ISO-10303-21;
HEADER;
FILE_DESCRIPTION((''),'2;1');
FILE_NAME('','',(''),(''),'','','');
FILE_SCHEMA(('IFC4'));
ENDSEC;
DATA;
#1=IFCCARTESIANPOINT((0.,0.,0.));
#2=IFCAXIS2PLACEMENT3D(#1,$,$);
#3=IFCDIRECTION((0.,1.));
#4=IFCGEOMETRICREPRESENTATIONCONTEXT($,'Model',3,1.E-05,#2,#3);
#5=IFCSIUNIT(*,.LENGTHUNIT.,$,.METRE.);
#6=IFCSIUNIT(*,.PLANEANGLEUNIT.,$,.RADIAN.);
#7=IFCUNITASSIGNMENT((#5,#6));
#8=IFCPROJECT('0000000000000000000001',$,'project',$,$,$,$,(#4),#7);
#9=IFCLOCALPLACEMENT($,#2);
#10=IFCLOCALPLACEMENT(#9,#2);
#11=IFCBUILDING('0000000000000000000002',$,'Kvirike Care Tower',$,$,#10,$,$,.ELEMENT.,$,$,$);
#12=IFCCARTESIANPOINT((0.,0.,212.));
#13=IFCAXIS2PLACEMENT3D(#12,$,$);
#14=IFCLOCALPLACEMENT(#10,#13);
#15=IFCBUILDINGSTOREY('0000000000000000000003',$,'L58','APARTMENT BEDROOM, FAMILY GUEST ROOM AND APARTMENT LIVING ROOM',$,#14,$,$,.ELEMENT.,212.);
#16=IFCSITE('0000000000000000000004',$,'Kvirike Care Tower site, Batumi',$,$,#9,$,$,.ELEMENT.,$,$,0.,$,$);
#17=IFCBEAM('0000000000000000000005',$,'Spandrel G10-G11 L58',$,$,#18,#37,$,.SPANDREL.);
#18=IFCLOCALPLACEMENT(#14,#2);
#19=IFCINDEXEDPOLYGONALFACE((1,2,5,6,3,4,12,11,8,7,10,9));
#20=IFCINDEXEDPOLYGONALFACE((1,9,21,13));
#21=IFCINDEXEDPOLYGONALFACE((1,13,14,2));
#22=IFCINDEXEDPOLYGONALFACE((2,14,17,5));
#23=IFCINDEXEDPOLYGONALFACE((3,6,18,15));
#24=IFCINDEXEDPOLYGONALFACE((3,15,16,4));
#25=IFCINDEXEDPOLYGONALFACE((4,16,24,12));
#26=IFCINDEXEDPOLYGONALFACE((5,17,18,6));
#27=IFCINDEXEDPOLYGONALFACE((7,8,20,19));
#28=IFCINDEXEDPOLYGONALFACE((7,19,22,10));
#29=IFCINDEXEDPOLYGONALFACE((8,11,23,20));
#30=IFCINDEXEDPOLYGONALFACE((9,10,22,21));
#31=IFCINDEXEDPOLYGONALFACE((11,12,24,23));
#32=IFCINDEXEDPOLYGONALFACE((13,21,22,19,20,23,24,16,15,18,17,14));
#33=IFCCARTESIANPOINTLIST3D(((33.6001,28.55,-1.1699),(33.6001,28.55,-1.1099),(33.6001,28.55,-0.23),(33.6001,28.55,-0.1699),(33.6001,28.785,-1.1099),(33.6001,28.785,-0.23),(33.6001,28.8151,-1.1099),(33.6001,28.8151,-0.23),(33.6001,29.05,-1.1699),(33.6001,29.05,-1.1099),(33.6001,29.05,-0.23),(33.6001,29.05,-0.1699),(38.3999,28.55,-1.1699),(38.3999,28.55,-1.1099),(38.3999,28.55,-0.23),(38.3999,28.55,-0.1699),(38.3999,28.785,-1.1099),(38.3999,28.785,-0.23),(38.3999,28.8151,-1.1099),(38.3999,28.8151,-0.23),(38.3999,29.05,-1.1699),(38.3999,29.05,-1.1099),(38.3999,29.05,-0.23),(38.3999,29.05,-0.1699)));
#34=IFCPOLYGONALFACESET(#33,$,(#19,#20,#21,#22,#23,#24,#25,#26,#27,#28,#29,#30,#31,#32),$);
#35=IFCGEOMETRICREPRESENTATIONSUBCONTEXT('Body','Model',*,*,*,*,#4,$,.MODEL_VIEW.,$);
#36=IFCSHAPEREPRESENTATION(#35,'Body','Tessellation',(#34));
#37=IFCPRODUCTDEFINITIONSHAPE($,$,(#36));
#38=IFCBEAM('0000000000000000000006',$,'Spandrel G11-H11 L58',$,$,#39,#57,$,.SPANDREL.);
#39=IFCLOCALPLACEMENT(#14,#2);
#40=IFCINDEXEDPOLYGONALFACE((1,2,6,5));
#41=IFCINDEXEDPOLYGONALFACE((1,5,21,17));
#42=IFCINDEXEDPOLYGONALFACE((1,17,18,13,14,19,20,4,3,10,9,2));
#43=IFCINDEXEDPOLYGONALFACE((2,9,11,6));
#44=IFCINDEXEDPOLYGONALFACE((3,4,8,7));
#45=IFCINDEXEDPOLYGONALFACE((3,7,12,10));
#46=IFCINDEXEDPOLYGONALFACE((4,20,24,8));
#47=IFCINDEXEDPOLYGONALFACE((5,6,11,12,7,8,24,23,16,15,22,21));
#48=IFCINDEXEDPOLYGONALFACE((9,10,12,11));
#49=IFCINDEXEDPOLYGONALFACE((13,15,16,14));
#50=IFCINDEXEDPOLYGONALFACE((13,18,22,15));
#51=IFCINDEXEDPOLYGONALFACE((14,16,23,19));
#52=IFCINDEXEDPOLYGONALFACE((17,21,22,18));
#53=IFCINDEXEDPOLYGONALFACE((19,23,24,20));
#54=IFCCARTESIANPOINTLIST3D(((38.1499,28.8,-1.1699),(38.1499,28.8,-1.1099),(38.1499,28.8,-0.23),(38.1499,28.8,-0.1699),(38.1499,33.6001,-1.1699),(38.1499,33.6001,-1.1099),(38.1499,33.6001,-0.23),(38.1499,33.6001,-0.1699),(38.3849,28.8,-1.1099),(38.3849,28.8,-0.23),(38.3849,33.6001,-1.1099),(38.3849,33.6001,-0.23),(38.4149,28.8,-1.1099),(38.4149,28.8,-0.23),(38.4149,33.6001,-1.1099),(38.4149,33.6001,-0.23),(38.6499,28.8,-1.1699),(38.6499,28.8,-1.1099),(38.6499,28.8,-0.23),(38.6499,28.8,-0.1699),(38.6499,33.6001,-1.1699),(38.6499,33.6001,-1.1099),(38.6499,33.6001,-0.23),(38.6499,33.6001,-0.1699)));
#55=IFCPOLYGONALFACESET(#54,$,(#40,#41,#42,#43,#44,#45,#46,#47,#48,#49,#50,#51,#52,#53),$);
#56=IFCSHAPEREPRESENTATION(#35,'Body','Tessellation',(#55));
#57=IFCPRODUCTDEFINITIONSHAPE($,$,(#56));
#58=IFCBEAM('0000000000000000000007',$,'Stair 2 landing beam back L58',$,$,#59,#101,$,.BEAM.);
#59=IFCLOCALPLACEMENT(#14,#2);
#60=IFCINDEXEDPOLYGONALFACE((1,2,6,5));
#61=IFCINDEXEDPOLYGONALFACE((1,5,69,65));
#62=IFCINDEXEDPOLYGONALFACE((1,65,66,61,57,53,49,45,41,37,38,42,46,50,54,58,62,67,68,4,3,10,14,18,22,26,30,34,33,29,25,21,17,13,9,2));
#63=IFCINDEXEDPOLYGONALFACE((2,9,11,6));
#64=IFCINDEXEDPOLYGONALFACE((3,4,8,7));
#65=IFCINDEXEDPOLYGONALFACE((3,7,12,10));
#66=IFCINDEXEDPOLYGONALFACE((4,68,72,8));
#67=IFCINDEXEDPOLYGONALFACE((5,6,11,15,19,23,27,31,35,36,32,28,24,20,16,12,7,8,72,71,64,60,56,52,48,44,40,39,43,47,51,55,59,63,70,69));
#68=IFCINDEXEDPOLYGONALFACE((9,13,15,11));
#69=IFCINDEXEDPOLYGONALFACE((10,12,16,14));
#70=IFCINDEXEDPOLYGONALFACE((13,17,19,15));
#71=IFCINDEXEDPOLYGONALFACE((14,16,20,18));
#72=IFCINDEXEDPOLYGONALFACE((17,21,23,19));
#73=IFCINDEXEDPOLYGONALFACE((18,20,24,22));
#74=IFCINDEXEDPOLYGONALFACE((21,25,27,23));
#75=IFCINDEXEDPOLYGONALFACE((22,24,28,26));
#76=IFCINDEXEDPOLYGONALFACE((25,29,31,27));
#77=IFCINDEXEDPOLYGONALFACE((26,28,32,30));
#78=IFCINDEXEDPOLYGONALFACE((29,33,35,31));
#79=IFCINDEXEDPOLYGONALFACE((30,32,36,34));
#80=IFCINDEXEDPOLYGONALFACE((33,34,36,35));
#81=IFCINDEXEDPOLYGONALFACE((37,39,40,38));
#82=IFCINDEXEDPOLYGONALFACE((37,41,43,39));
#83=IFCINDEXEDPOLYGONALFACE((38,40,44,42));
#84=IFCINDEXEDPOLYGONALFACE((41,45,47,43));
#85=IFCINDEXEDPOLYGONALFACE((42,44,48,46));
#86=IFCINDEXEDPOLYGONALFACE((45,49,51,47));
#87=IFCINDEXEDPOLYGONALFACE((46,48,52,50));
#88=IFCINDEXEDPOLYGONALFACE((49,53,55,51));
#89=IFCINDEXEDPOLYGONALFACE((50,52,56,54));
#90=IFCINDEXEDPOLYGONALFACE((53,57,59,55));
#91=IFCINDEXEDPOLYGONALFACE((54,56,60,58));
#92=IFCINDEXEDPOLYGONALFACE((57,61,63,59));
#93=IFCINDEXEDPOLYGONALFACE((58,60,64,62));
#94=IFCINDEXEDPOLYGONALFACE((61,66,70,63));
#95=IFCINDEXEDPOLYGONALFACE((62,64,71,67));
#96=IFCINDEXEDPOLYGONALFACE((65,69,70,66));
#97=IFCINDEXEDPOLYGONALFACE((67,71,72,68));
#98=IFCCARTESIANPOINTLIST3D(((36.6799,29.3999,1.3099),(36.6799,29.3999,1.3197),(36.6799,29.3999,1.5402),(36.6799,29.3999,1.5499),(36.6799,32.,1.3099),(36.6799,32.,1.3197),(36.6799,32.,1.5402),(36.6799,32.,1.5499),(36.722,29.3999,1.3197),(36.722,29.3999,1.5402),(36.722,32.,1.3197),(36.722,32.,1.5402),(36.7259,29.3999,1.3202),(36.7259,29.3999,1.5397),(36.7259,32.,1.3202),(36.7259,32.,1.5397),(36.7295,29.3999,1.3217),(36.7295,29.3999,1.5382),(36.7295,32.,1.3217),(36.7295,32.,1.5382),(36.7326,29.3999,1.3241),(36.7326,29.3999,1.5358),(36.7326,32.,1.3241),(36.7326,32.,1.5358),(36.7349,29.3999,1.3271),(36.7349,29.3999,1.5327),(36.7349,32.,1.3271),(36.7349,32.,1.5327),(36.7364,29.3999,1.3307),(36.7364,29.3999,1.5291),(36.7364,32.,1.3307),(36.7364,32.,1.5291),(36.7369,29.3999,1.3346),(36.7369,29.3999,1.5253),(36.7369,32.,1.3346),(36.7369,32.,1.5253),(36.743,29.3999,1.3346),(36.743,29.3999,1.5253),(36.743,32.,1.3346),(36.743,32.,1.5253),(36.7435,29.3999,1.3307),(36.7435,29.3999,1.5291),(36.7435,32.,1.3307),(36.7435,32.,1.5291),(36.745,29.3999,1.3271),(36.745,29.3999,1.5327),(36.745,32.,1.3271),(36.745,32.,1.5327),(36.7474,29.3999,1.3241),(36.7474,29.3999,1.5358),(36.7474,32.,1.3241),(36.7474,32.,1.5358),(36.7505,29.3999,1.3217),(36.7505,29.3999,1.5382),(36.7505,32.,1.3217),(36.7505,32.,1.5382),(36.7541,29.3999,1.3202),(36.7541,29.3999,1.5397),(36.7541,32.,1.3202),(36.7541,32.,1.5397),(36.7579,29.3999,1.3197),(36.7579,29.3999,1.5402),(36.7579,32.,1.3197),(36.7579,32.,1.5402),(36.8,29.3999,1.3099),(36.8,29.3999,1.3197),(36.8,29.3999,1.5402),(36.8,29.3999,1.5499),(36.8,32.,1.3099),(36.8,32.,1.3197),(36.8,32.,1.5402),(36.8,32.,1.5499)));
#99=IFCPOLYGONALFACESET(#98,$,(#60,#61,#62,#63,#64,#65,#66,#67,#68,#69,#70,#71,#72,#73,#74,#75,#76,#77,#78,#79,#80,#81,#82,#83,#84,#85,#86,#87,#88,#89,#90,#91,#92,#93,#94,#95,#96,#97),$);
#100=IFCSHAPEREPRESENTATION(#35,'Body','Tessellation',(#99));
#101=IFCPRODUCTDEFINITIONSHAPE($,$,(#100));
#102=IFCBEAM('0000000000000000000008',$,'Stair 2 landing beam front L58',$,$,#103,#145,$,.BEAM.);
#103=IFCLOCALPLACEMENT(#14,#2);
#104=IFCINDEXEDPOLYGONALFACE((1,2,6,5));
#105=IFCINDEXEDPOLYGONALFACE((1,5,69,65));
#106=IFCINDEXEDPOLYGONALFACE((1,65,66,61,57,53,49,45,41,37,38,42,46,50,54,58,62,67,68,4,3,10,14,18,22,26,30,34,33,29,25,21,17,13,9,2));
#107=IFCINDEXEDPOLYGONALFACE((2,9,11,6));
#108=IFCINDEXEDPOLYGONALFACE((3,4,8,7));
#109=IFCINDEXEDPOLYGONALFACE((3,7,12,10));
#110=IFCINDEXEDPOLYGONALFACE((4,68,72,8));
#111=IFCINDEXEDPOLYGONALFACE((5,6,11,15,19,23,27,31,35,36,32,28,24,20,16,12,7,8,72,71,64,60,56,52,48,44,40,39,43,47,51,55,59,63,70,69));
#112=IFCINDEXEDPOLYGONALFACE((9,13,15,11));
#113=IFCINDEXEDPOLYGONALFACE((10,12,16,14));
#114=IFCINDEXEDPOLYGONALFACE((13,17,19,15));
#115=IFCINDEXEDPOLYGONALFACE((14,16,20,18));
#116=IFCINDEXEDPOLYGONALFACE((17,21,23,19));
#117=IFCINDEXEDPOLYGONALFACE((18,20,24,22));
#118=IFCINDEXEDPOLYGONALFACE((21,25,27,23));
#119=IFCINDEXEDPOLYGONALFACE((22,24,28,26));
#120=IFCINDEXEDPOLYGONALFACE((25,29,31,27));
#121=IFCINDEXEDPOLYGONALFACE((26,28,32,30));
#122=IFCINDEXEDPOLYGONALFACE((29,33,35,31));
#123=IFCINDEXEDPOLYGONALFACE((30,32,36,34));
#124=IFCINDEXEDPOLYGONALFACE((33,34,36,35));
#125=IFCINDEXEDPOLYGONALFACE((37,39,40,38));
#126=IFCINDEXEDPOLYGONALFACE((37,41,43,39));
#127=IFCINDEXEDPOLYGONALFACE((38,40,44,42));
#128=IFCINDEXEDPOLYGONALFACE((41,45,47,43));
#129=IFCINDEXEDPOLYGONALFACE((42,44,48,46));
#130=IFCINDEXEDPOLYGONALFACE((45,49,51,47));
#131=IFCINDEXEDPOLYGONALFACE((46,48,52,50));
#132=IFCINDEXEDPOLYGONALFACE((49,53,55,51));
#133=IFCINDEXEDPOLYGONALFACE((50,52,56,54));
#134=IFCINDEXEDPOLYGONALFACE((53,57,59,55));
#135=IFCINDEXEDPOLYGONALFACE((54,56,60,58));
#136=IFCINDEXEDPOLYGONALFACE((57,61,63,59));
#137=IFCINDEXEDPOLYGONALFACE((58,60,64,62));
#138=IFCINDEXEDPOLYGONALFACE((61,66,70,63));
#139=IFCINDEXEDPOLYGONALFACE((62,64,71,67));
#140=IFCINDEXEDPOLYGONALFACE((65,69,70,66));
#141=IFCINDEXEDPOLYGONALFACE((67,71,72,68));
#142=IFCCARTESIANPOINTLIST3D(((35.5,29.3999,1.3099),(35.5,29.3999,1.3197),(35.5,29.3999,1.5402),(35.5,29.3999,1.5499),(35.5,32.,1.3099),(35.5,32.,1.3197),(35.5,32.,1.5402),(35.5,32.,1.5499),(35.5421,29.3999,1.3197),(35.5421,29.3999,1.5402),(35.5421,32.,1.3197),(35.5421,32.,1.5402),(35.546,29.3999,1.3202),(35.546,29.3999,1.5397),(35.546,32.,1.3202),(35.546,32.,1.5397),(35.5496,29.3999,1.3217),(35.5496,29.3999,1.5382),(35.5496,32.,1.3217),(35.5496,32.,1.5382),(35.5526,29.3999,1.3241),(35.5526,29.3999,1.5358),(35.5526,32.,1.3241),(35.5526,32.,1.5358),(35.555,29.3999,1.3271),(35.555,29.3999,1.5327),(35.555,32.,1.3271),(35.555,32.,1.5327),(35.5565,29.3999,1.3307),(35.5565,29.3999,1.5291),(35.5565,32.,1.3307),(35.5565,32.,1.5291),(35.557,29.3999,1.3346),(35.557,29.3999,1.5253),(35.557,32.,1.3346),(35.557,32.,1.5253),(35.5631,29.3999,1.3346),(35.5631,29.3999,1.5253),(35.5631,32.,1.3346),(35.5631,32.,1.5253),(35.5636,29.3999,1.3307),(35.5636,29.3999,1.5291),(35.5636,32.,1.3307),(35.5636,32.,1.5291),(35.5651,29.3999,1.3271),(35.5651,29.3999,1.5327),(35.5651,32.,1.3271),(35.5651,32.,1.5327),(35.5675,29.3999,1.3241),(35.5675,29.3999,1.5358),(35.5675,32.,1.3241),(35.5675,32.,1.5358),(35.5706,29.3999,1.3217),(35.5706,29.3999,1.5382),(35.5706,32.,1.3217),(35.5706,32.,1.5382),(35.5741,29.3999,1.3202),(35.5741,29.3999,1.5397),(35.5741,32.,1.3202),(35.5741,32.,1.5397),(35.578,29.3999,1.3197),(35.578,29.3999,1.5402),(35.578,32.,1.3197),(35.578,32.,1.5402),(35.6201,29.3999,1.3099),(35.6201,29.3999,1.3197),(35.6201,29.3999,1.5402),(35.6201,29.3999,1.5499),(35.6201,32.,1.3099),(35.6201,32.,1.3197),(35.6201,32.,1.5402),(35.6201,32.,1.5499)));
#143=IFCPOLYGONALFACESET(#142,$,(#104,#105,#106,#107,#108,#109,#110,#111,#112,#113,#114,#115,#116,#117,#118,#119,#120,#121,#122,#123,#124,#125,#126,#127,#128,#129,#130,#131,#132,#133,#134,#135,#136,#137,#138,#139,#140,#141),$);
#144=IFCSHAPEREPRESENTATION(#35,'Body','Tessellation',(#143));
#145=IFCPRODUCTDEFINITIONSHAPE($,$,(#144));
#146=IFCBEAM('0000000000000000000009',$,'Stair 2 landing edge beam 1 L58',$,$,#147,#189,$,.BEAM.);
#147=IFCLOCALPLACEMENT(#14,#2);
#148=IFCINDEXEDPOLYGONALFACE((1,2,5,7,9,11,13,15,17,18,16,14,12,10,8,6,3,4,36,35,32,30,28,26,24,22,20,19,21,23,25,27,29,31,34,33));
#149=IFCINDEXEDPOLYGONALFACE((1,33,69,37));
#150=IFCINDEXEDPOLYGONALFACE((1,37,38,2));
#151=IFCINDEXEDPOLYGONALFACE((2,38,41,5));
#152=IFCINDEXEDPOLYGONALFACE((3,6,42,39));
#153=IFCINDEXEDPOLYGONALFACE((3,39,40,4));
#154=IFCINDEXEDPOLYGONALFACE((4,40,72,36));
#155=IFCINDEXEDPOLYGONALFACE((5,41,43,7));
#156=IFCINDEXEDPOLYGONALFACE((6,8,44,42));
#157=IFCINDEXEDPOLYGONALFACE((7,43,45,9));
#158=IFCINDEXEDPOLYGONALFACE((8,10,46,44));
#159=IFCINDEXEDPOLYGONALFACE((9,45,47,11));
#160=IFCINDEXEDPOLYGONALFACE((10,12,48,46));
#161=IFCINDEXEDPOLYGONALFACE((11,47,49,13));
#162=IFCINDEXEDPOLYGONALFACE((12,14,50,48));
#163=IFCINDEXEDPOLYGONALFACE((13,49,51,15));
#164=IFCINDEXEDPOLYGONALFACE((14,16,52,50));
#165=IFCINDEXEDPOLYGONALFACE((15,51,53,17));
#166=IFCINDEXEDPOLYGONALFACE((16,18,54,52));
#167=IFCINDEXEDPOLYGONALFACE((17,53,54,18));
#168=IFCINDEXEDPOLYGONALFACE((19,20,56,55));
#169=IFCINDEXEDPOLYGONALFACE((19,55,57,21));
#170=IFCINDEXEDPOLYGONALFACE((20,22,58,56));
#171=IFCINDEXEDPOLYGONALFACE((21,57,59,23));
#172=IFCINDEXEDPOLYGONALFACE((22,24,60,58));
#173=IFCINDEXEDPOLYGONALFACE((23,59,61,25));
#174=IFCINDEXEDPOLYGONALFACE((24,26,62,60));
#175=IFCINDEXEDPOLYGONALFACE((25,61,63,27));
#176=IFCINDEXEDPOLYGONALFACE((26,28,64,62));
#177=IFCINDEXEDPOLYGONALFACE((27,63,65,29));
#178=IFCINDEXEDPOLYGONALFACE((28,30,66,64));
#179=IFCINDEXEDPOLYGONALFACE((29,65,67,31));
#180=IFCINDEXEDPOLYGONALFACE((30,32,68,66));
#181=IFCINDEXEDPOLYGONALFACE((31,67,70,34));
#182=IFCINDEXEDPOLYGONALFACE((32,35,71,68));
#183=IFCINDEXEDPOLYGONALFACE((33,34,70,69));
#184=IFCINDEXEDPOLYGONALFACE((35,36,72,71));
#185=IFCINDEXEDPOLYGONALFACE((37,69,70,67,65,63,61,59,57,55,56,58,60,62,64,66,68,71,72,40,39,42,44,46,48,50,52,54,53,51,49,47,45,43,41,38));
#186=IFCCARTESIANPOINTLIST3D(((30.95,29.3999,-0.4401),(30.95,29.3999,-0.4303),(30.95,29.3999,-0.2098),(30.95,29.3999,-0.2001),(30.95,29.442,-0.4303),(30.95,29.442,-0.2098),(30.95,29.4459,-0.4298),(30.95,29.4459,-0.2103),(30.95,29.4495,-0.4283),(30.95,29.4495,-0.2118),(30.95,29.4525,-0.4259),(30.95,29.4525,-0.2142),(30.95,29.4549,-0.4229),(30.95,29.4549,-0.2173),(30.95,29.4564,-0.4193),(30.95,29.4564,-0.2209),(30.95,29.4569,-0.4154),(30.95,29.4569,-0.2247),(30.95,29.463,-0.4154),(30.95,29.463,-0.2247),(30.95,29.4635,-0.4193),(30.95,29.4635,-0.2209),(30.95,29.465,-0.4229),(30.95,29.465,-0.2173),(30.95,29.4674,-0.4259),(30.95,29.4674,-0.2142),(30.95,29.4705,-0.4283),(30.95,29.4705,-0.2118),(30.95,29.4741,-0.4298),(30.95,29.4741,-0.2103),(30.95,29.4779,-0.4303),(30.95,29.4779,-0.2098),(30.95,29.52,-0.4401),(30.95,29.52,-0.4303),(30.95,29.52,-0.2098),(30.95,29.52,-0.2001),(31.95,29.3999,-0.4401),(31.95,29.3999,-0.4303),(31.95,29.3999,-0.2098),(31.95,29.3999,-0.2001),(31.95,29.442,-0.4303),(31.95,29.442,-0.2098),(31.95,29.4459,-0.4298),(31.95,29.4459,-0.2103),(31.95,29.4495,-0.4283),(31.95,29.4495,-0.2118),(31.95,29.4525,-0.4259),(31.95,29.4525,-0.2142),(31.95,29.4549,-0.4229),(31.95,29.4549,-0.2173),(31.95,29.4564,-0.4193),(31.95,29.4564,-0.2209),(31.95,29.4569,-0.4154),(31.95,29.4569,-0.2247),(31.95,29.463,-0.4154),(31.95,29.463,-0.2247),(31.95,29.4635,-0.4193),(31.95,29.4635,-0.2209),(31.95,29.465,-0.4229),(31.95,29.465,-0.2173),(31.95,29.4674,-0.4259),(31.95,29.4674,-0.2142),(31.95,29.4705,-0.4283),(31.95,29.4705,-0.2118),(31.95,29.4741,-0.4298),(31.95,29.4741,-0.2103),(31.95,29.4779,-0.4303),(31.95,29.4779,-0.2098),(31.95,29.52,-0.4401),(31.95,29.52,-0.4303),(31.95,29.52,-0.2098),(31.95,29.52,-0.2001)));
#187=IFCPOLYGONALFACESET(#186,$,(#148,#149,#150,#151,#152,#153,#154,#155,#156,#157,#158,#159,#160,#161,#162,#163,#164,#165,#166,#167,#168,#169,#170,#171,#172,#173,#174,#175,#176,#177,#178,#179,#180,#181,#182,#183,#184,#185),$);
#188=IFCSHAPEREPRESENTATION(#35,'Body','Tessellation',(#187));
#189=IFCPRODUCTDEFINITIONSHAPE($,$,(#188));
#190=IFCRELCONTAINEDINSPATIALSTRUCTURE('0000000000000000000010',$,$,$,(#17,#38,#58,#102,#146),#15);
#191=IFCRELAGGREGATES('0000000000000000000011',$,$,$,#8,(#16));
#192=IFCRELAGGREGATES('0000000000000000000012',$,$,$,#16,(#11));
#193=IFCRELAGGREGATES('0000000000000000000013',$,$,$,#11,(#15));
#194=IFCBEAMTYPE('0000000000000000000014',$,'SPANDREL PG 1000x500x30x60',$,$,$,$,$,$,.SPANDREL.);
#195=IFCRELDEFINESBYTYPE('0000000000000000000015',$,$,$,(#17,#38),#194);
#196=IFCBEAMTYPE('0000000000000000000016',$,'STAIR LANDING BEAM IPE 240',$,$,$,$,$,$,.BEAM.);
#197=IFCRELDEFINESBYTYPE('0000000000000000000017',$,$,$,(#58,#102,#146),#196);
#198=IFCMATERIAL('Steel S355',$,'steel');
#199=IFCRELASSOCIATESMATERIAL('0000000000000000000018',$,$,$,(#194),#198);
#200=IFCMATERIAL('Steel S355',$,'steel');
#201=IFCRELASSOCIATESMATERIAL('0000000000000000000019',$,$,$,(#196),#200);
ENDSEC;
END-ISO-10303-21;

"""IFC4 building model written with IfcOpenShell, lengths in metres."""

from ifc_helpers import new_model, si_unit, direction, frame, origin, origin_2d, place, context, subcontext, project, spatial, i_section, extrude, material, material_profile, profile_set, type_object, element, save


model = new_model("IFC4")

# Units and contexts
model_context = context("Model", 3, precision=1e-05, world=origin(), true_north=direction((0.0, 1.0)))
body_context = subcontext(model_context, "Body", "Model", "MODEL_VIEW")
ifc_project = project(units=[si_unit("LENGTHUNIT", "METRE"), si_unit("PLANEANGLEUNIT", "RADIAN")], contexts=[model_context])

# Site, building, storey
site_placement = place(None, origin())
site = spatial("IfcSite", under=ifc_project, at=site_placement, Name="Kvirike Care Tower site, Batumi", CompositionType="ELEMENT", RefElevation=0.0)
building_placement = place(site_placement, origin())
building = spatial("IfcBuilding", under=site, at=building_placement, Name="Kvirike Care Tower", CompositionType="ELEMENT")
storey_placement = place(building_placement, frame((0.0, 0.0, 212.0)))
storey = spatial("IfcBuildingStorey", under=building, at=storey_placement, Name="L58", Description="APARTMENT BEDROOM, FAMILY GUEST ROOM AND APARTMENT LIVING ROOM", CompositionType="ELEMENT", Elevation=212.0)

# Beams
ifc_material_1 = material(Name="Steel S355", Category="steel")
ifc_material_profile_1 = material_profile(ifc_material_1, i_section(OverallWidth=0.5, OverallDepth=1.0, WebThickness=0.03, FlangeThickness=0.0601, at=origin_2d()), Name="PG 1000x500x30x60")
ifc_profile_set_1 = profile_set([ifc_material_profile_1], Name="Steel S355")
beam_type_1 = type_object("IfcBeamType", Name="SPANDREL PG 1000x500x30x60", PredefinedType="SPANDREL", material=ifc_profile_set_1)
beam_1_placement = place(storey_placement, frame((33.6001, 28.8, -0.6699), z_axis=(1.0, 0.0, 0.0), x_axis=(0.0, 1.0, 0.0)))
element("IfcBeam", 1, at=beam_1_placement, inside=storey, type_object=beam_type_1, Name="Spandrel G10-G11 L58", PredefinedType="SPANDREL", context=body_context, shape_type="SweptSolid", body=[
    extrude(i_section(OverallWidth=0.5, OverallDepth=1.0, WebThickness=0.03, FlangeThickness=0.0601, at=origin_2d()), origin(), (0.0, 0.0, 1.0), 4.7998),
])
beam_2_placement = place(storey_placement, frame((38.3999, 28.8, -0.6699), z_axis=(0.0, 1.0, 0.0), x_axis=(-1.0, 0.0, 0.0)))
element("IfcBeam", 2, at=beam_2_placement, inside=storey, type_object=beam_type_1, Name="Spandrel G11-H11 L58", PredefinedType="SPANDREL", context=body_context, shape_type="SweptSolid", body=[
    extrude(i_section(OverallWidth=0.5, OverallDepth=1.0, WebThickness=0.03, FlangeThickness=0.0601, at=origin_2d()), origin(), (0.0, 0.0, 1.0), 4.8),
])
ifc_material_2 = material(Name="Steel S355", Category="steel")
ifc_material_profile_2 = material_profile(ifc_material_2, i_section(OverallWidth=0.1201, OverallDepth=0.24, WebThickness=0.0061, FlangeThickness=0.0098, FilletRadius=0.0149, at=origin_2d()), Name="IPE 240")
ifc_profile_set_2 = profile_set([ifc_material_profile_2], Name="Steel S355")
beam_type_2 = type_object("IfcBeamType", Name="STAIR LANDING BEAM IPE 240", PredefinedType="BEAM", material=ifc_profile_set_2)
for number, where, z_axis, x_axis, name in (
    (3, (36.74, 29.3999, 1.4299), (0.0, 1.0, 0.0), (-1.0, 0.0, 0.0), "Stair 2 landing beam back L58"),
    (4, (35.5601, 29.3999, 1.4299), (0.0, 1.0, 0.0), (-1.0, 0.0, 0.0), "Stair 2 landing beam front L58"),
):
    element("IfcBeam", number, at=place(storey_placement, frame(where, z_axis=z_axis, x_axis=x_axis)), inside=storey, type_object=beam_type_2, Name=name, PredefinedType="BEAM", context=body_context, shape_type="SweptSolid", body=[
        extrude(i_section(OverallWidth=0.1201, OverallDepth=0.24, WebThickness=0.0061, FlangeThickness=0.0098, FilletRadius=0.0149, at=origin_2d()), origin(), (0.0, 0.0, 1.0), 2.6001),
    ])
beam_3_placement = place(storey_placement, frame((31.95, 29.46, -0.3201), z_axis=(-1.0, 0.0, 0.0), x_axis=(0.0, -1.0, 0.0)))
element("IfcBeam", 5, at=beam_3_placement, inside=storey, type_object=beam_type_2, Name="Stair 2 landing edge beam 1 L58", PredefinedType="BEAM", context=body_context, shape_type="SweptSolid", body=[
    extrude(i_section(OverallWidth=0.1201, OverallDepth=0.24, WebThickness=0.0061, FlangeThickness=0.0098, FilletRadius=0.0149, at=origin_2d()), origin(), (0.0, 0.0, 1.0), 1.0),
])

save(model, "model.ifc")
